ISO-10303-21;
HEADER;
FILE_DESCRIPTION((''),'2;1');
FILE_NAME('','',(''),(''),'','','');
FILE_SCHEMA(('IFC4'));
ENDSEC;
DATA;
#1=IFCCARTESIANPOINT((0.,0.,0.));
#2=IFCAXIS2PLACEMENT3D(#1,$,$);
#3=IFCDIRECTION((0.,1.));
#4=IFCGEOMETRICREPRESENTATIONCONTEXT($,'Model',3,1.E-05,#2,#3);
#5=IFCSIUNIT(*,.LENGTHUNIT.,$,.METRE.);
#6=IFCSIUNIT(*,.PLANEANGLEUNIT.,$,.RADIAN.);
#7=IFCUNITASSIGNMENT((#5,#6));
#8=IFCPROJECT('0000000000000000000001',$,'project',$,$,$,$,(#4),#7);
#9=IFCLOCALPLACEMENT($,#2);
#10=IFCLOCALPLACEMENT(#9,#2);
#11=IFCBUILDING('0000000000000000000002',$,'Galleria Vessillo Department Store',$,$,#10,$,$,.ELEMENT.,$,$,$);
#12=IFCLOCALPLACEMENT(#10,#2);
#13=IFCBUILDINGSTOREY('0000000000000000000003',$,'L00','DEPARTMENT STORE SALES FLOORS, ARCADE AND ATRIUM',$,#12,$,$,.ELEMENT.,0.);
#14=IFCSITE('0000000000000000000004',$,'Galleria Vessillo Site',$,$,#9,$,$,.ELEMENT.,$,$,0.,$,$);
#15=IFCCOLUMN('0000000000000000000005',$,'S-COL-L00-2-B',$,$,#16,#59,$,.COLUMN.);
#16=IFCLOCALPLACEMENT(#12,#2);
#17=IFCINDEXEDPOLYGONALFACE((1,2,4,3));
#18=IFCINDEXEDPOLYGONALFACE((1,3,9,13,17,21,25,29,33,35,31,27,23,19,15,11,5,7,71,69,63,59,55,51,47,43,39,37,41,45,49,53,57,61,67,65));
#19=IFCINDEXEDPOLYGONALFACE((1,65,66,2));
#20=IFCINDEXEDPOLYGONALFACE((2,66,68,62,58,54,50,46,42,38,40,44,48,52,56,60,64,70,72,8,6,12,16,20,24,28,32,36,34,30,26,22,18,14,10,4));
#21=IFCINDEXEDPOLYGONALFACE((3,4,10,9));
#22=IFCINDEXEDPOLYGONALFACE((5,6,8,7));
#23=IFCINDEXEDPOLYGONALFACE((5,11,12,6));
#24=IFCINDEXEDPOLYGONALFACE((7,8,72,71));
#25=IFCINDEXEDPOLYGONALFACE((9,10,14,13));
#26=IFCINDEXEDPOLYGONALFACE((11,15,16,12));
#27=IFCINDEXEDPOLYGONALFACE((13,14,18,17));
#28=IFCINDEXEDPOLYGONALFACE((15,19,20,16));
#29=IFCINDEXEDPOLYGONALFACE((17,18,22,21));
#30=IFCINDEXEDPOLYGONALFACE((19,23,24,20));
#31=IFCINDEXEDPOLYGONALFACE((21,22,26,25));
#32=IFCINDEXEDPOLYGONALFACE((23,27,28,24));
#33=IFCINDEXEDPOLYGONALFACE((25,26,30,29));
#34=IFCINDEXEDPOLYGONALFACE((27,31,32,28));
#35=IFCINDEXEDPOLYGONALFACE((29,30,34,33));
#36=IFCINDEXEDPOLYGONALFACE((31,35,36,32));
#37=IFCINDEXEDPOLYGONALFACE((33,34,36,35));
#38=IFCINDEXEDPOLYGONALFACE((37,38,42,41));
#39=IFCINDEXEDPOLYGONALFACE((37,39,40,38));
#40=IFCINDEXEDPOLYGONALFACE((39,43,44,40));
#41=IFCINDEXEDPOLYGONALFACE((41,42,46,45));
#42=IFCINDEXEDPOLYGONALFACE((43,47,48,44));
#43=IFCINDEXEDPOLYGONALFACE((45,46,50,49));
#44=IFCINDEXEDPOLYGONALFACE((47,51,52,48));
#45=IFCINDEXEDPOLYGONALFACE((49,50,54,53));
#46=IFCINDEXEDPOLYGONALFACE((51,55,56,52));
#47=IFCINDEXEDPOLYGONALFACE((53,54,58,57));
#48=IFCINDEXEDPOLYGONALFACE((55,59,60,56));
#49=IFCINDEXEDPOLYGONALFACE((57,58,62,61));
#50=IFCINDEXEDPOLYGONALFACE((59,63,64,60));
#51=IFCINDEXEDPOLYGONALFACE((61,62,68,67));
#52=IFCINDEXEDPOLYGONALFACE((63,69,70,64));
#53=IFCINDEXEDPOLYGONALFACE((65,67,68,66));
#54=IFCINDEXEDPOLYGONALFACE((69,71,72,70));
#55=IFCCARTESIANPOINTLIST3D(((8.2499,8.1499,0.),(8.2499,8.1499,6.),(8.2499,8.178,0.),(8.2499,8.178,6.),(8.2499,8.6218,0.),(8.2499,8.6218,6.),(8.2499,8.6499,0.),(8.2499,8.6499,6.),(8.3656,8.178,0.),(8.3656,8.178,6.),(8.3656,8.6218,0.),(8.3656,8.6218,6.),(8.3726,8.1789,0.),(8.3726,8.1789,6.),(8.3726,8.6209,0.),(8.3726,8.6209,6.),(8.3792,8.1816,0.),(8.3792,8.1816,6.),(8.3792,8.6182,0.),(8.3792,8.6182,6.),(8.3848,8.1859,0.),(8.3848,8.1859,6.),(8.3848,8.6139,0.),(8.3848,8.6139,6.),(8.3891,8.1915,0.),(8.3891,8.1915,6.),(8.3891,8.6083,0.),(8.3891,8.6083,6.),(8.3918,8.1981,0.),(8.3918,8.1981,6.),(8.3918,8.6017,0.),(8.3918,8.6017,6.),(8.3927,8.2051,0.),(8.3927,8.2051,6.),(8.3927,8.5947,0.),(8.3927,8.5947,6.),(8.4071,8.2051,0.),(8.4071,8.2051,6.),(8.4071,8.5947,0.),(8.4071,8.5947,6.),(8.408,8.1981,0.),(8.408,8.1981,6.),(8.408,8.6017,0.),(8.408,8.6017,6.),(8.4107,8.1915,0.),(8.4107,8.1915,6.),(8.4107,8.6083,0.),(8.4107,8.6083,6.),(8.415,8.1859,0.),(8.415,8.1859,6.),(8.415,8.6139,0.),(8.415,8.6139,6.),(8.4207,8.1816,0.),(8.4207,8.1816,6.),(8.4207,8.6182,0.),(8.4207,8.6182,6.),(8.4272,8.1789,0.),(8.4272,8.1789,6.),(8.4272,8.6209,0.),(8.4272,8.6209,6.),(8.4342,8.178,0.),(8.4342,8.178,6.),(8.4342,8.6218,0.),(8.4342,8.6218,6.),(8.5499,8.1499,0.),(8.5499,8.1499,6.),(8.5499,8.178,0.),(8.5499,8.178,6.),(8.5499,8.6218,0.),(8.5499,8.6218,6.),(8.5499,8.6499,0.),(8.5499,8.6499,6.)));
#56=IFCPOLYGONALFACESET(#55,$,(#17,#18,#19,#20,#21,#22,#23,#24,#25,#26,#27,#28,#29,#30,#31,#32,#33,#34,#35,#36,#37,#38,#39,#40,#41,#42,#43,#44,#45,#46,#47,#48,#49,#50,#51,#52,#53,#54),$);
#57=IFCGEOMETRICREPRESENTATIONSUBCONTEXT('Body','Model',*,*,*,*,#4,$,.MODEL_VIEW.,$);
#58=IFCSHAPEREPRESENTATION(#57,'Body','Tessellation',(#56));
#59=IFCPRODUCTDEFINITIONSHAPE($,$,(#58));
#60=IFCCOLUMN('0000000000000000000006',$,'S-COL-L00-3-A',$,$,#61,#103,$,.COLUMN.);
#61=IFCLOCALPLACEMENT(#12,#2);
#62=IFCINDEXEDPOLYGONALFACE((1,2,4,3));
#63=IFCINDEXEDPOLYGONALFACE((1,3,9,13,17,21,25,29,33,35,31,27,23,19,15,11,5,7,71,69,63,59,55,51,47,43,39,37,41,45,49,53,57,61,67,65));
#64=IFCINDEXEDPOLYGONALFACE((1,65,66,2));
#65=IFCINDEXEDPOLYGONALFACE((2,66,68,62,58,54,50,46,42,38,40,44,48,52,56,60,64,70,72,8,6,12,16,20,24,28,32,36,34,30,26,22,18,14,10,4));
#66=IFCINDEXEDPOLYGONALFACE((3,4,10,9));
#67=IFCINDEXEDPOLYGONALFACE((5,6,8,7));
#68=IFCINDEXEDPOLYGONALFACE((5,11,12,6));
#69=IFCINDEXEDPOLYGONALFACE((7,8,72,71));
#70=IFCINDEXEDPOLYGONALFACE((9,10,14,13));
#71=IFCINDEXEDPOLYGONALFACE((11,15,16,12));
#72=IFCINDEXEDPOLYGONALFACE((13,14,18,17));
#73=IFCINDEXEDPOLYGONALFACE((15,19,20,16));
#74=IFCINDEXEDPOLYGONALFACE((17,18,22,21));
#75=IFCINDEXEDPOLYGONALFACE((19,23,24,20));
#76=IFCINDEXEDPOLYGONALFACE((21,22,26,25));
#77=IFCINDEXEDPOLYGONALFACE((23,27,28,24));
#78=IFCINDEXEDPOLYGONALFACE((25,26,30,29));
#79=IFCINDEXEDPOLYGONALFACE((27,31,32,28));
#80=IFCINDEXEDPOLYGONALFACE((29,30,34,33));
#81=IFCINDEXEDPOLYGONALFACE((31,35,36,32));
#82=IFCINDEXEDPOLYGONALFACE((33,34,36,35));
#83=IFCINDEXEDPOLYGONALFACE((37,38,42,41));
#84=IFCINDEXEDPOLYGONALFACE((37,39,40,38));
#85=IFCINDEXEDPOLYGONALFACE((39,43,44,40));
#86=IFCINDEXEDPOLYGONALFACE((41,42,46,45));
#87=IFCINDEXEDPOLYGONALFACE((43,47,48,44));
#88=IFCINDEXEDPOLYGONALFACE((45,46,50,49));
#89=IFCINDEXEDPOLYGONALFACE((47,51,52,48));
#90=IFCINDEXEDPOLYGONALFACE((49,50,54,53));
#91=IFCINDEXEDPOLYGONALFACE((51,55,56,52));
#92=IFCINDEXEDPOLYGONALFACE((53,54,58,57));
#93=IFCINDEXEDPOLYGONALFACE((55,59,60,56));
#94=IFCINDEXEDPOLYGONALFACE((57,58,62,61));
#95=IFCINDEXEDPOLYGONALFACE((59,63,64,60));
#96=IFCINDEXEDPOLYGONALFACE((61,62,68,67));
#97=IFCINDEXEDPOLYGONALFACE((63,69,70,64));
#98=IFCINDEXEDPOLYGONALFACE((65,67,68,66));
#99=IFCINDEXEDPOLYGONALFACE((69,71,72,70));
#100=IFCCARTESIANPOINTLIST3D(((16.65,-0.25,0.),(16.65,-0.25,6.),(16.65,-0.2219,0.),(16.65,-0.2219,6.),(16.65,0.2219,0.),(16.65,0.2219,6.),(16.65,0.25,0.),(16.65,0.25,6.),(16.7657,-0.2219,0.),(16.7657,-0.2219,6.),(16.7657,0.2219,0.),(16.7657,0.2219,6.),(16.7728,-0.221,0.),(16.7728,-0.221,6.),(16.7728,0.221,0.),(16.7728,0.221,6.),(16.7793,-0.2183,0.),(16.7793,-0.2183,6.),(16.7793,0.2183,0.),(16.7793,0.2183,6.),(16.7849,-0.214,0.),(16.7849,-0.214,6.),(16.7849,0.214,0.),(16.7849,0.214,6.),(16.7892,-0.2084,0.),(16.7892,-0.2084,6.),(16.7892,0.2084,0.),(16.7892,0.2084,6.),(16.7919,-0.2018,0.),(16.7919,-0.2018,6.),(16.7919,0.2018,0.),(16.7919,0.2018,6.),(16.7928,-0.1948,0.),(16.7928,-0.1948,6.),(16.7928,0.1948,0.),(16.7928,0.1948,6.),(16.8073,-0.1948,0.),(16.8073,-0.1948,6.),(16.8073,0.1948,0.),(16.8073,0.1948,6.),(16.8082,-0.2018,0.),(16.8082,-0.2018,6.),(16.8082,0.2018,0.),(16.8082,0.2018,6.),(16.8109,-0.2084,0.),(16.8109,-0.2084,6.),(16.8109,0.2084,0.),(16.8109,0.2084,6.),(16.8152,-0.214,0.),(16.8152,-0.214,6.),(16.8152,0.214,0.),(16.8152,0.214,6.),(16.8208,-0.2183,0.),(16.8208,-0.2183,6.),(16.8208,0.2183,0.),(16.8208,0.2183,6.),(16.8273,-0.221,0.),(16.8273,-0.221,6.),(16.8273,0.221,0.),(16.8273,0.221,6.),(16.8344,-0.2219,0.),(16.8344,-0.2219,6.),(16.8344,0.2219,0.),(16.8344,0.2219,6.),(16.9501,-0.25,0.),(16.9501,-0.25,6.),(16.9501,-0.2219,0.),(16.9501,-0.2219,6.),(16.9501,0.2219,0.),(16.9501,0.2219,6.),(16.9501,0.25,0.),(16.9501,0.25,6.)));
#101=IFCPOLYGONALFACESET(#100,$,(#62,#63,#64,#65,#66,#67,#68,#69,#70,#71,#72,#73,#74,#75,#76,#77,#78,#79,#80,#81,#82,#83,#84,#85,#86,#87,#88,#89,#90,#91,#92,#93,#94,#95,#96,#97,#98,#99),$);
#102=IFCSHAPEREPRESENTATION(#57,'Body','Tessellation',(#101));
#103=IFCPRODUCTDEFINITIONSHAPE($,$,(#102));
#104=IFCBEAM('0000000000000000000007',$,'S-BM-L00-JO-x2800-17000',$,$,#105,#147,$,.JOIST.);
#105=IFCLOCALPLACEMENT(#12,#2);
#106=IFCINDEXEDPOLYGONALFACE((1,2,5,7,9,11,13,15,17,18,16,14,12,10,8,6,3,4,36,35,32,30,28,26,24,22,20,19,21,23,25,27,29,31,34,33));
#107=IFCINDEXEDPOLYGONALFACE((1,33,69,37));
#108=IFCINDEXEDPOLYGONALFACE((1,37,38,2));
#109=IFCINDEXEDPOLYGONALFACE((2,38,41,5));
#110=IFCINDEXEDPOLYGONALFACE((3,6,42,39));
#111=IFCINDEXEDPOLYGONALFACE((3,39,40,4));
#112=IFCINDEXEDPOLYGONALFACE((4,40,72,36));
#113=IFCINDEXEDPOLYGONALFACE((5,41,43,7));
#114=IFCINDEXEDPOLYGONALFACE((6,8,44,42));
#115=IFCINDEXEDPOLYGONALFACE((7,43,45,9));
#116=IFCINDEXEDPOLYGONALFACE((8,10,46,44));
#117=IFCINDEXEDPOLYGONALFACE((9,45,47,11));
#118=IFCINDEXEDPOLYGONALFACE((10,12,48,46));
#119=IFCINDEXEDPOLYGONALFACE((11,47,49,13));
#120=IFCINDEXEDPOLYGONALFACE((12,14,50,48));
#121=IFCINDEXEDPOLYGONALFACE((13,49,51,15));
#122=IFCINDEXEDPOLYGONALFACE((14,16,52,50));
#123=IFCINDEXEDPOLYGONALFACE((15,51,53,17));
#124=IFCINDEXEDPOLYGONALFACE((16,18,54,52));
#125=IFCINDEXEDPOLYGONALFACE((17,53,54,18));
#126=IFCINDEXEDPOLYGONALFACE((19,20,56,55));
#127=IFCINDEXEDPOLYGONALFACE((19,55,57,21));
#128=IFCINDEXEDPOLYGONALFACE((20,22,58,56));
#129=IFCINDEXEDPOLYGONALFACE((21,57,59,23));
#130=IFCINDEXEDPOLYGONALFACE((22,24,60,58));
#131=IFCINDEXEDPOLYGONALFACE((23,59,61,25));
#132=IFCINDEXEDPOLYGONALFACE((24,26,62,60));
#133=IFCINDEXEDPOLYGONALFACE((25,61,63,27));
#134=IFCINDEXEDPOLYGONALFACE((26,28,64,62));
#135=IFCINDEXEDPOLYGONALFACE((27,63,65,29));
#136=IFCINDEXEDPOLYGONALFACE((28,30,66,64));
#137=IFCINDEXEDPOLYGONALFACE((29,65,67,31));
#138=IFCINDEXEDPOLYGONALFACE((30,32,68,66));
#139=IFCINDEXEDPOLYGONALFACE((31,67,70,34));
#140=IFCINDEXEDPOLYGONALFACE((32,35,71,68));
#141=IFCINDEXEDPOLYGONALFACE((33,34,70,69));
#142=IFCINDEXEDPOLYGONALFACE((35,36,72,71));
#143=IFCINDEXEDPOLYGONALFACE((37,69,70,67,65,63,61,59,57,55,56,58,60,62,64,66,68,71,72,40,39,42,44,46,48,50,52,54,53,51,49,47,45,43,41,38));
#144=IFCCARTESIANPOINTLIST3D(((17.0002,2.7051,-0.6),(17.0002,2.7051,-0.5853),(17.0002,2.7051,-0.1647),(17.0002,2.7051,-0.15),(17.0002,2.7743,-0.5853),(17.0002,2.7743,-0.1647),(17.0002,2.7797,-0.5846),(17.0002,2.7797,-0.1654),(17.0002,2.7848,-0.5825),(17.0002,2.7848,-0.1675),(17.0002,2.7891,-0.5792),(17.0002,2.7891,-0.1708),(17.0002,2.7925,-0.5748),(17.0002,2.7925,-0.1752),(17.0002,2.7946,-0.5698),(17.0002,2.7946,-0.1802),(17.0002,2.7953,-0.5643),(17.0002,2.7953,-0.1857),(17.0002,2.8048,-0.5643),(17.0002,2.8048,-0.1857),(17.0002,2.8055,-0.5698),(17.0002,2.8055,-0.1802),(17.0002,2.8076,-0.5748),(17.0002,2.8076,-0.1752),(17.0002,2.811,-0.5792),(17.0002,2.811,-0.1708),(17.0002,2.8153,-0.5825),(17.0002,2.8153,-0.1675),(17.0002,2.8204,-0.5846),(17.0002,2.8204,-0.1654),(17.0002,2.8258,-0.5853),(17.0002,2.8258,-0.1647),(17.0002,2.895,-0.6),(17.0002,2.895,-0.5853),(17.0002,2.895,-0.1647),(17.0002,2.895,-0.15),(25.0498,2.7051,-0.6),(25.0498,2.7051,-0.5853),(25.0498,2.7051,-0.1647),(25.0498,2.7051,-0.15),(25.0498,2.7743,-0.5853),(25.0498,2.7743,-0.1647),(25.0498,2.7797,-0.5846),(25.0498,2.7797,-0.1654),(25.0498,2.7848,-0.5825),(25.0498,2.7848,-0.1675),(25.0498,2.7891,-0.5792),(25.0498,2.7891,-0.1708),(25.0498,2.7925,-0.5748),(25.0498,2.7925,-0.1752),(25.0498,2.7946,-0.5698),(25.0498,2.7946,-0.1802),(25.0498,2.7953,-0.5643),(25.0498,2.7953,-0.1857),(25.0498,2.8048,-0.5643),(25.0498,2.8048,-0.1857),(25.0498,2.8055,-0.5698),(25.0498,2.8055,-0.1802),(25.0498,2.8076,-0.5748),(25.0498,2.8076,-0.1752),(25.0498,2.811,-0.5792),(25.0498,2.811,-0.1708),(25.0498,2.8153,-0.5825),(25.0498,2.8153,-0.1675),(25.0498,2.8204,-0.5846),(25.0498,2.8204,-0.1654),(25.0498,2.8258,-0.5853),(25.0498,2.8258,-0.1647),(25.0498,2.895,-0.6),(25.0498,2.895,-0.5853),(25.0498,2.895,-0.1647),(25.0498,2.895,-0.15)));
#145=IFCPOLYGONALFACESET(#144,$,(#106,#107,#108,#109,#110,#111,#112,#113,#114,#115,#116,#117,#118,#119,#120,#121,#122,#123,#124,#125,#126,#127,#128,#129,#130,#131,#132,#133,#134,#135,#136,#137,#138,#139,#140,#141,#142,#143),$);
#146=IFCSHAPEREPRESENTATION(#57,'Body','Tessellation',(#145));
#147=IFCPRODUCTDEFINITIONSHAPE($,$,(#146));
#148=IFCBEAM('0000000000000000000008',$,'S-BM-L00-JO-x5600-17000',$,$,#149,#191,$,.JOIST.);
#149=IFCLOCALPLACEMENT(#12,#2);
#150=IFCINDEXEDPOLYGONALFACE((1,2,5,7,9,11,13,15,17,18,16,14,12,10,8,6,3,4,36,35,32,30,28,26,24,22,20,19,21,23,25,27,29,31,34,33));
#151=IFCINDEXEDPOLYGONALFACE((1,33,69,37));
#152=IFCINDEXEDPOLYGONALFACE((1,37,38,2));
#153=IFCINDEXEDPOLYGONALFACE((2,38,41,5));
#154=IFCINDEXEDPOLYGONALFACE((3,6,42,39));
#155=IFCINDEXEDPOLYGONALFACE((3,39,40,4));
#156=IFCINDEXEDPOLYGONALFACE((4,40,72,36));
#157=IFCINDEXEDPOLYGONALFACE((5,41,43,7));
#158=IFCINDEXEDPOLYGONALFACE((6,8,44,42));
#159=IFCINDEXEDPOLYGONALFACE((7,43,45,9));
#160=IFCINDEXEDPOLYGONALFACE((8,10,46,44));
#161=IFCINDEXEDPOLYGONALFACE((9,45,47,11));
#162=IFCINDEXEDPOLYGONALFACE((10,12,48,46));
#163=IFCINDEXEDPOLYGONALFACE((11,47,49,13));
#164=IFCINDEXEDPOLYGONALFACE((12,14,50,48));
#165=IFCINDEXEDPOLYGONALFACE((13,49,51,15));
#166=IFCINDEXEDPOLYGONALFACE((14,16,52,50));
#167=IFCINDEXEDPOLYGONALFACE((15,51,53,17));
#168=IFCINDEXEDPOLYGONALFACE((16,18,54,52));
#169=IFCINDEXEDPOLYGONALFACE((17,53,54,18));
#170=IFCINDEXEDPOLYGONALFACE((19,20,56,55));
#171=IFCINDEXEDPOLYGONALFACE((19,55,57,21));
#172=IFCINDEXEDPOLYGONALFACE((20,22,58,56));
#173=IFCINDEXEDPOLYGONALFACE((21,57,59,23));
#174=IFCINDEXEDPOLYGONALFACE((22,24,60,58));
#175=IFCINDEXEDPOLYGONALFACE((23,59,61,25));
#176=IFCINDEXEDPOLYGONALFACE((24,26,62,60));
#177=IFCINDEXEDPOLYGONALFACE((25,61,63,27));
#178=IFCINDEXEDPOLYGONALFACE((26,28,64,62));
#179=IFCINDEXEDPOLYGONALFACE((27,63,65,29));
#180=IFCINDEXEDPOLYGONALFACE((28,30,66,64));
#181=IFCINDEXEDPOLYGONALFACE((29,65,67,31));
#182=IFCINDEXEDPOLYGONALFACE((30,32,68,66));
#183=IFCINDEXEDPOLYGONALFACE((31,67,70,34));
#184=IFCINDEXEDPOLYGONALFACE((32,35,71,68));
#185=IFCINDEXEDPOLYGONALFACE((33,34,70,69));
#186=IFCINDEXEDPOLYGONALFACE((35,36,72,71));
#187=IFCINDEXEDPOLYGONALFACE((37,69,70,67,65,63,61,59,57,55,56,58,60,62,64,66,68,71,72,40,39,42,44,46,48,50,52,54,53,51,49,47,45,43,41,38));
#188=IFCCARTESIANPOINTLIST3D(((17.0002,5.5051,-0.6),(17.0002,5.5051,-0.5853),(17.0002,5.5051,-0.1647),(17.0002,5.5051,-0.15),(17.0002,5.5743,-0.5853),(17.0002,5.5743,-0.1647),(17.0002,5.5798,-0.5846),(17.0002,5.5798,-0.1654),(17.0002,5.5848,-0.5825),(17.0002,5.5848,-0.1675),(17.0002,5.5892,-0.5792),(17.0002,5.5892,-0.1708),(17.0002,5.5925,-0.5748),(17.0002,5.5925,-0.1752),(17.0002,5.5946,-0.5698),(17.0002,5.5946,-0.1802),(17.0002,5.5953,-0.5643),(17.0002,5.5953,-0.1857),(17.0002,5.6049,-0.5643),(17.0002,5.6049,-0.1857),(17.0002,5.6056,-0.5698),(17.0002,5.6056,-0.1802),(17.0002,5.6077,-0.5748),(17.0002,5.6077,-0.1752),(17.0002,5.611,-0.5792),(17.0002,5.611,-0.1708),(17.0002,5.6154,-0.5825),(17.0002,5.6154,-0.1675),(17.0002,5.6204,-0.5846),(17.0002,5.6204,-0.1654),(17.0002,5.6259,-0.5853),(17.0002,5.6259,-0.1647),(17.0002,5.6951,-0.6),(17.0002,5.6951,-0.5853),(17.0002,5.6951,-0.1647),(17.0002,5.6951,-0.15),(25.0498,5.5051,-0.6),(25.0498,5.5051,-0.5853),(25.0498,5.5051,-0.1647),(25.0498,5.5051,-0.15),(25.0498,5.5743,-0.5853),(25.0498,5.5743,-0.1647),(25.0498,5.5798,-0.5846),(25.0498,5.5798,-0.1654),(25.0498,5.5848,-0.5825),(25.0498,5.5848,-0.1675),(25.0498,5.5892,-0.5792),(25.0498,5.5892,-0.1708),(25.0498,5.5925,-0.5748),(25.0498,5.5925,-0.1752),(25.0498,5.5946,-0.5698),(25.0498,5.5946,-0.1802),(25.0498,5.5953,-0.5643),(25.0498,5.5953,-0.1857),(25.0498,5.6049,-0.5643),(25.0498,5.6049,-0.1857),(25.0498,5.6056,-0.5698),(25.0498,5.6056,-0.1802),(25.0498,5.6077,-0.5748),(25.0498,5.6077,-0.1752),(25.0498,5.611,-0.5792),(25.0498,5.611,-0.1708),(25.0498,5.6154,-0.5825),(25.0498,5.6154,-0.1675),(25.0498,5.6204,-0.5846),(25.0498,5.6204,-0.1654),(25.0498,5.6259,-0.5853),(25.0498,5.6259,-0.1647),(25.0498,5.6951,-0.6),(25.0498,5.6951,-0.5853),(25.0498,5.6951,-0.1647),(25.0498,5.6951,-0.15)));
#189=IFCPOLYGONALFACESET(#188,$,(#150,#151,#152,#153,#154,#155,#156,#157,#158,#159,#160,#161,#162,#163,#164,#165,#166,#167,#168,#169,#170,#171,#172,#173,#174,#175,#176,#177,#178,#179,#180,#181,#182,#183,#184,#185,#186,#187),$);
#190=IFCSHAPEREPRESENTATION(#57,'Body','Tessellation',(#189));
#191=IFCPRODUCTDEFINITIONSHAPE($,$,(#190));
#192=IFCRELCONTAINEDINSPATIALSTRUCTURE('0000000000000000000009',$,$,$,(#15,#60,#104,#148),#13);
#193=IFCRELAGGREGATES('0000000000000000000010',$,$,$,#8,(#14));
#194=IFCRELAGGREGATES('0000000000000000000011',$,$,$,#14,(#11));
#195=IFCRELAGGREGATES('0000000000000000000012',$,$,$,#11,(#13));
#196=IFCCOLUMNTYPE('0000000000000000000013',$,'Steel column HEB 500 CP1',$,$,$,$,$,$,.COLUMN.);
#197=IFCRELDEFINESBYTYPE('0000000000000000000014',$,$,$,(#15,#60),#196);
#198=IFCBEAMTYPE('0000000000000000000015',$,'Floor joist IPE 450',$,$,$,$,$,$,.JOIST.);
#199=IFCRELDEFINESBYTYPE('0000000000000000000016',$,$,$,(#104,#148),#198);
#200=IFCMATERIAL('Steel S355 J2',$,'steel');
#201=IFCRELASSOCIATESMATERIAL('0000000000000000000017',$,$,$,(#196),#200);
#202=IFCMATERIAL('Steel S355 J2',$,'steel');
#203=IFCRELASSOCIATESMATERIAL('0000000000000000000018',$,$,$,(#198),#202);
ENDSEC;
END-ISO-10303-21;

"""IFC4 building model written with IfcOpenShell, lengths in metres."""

from ifc_helpers import new_model, si_unit, direction, frame, origin, origin_2d, place, context, subcontext, project, spatial, i_section, extrude, material, material_profile, profile_set, type_object, element, save


model = new_model("IFC4")

# Units and contexts
model_context = context("Model", 3, precision=1e-05, world=origin(), true_north=direction((0.0, 1.0)))
body_context = subcontext(model_context, "Body", "Model", "MODEL_VIEW")
ifc_project = project(units=[si_unit("LENGTHUNIT", "METRE"), si_unit("PLANEANGLEUNIT", "RADIAN")], contexts=[model_context])

# Site, building, storey
site_placement = place(None, origin())
site = spatial("IfcSite", under=ifc_project, at=site_placement, Name="Galleria Vessillo Site", CompositionType="ELEMENT", RefElevation=0.0)
building_placement = place(site_placement, origin())
building = spatial("IfcBuilding", under=site, at=building_placement, Name="Galleria Vessillo Department Store", CompositionType="ELEMENT")
storey_placement = place(building_placement, origin())
storey = spatial("IfcBuildingStorey", under=building, at=storey_placement, Name="L00", Description="DEPARTMENT STORE SALES FLOORS, ARCADE AND ATRIUM", CompositionType="ELEMENT", Elevation=0.0)

# Columns
ifc_material_1 = material(Name="Steel S355 J2", Category="steel")
ifc_material_profile_1 = material_profile(ifc_material_1, i_section(OverallWidth=0.3, OverallDepth=0.5, WebThickness=0.0144, FlangeThickness=0.0281, FilletRadius=0.0271, at=origin_2d()), Name="HEB 500")
ifc_profile_set_1 = profile_set([ifc_material_profile_1], Name="Steel S355 J2")
column_type = type_object("IfcColumnType", Name="Steel column HEB 500 CP1", PredefinedType="COLUMN", material=ifc_profile_set_1)
for number, where, z_axis, x_axis, name in (
    (1, (8.3999, 8.3999, 0.0), (0.0, 0.0, 1.0), (1.0, 0.0, 0.0), "S-COL-L00-2-B"),
    (2, (16.8, 0.0, 0.0), (0.0, 0.0, 1.0), (1.0, 0.0, 0.0), "S-COL-L00-3-A"),
):
    element("IfcColumn", number, at=place(storey_placement, frame(where, z_axis=z_axis, x_axis=x_axis)), inside=storey, type_object=column_type, Name=name, PredefinedType="COLUMN", context=body_context, shape_type="SweptSolid", body=[
        extrude(i_section(OverallWidth=0.3, OverallDepth=0.5, WebThickness=0.0144, FlangeThickness=0.0281, FilletRadius=0.0271, at=origin_2d()), origin(), (0.0, 0.0, 1.0), 6.0),
    ])

# Beams
ifc_material_2 = material(Name="Steel S355 J2", Category="steel")
ifc_material_profile_2 = material_profile(ifc_material_2, i_section(OverallWidth=0.1899, OverallDepth=0.45, WebThickness=0.0095, FlangeThickness=0.0146, FilletRadius=0.021, at=origin_2d()), Name="IPE 450")
ifc_profile_set_2 = profile_set([ifc_material_profile_2], Name="Steel S355 J2")
beam_type = type_object("IfcBeamType", Name="Floor joist IPE 450", PredefinedType="JOIST", material=ifc_profile_set_2)
for number, where, z_axis, x_axis, name in (
    (3, (17.0002, 2.8, -0.375), (1.0, 0.0, 0.0), (0.0, 1.0, 0.0), "S-BM-L00-JO-x2800-17000"),
    (4, (17.0002, 5.6001, -0.375), (1.0, 0.0, 0.0), (0.0, 1.0, 0.0), "S-BM-L00-JO-x5600-17000"),
):
    element("IfcBeam", number, at=place(storey_placement, frame(where, z_axis=z_axis, x_axis=x_axis)), inside=storey, type_object=beam_type, Name=name, PredefinedType="JOIST", context=body_context, shape_type="SweptSolid", body=[
        extrude(i_section(OverallWidth=0.1899, OverallDepth=0.45, WebThickness=0.0095, FlangeThickness=0.0146, FilletRadius=0.021, at=origin_2d()), origin(), (0.0, 0.0, 1.0), 8.0496),
    ])

save(model, "model.ifc")
